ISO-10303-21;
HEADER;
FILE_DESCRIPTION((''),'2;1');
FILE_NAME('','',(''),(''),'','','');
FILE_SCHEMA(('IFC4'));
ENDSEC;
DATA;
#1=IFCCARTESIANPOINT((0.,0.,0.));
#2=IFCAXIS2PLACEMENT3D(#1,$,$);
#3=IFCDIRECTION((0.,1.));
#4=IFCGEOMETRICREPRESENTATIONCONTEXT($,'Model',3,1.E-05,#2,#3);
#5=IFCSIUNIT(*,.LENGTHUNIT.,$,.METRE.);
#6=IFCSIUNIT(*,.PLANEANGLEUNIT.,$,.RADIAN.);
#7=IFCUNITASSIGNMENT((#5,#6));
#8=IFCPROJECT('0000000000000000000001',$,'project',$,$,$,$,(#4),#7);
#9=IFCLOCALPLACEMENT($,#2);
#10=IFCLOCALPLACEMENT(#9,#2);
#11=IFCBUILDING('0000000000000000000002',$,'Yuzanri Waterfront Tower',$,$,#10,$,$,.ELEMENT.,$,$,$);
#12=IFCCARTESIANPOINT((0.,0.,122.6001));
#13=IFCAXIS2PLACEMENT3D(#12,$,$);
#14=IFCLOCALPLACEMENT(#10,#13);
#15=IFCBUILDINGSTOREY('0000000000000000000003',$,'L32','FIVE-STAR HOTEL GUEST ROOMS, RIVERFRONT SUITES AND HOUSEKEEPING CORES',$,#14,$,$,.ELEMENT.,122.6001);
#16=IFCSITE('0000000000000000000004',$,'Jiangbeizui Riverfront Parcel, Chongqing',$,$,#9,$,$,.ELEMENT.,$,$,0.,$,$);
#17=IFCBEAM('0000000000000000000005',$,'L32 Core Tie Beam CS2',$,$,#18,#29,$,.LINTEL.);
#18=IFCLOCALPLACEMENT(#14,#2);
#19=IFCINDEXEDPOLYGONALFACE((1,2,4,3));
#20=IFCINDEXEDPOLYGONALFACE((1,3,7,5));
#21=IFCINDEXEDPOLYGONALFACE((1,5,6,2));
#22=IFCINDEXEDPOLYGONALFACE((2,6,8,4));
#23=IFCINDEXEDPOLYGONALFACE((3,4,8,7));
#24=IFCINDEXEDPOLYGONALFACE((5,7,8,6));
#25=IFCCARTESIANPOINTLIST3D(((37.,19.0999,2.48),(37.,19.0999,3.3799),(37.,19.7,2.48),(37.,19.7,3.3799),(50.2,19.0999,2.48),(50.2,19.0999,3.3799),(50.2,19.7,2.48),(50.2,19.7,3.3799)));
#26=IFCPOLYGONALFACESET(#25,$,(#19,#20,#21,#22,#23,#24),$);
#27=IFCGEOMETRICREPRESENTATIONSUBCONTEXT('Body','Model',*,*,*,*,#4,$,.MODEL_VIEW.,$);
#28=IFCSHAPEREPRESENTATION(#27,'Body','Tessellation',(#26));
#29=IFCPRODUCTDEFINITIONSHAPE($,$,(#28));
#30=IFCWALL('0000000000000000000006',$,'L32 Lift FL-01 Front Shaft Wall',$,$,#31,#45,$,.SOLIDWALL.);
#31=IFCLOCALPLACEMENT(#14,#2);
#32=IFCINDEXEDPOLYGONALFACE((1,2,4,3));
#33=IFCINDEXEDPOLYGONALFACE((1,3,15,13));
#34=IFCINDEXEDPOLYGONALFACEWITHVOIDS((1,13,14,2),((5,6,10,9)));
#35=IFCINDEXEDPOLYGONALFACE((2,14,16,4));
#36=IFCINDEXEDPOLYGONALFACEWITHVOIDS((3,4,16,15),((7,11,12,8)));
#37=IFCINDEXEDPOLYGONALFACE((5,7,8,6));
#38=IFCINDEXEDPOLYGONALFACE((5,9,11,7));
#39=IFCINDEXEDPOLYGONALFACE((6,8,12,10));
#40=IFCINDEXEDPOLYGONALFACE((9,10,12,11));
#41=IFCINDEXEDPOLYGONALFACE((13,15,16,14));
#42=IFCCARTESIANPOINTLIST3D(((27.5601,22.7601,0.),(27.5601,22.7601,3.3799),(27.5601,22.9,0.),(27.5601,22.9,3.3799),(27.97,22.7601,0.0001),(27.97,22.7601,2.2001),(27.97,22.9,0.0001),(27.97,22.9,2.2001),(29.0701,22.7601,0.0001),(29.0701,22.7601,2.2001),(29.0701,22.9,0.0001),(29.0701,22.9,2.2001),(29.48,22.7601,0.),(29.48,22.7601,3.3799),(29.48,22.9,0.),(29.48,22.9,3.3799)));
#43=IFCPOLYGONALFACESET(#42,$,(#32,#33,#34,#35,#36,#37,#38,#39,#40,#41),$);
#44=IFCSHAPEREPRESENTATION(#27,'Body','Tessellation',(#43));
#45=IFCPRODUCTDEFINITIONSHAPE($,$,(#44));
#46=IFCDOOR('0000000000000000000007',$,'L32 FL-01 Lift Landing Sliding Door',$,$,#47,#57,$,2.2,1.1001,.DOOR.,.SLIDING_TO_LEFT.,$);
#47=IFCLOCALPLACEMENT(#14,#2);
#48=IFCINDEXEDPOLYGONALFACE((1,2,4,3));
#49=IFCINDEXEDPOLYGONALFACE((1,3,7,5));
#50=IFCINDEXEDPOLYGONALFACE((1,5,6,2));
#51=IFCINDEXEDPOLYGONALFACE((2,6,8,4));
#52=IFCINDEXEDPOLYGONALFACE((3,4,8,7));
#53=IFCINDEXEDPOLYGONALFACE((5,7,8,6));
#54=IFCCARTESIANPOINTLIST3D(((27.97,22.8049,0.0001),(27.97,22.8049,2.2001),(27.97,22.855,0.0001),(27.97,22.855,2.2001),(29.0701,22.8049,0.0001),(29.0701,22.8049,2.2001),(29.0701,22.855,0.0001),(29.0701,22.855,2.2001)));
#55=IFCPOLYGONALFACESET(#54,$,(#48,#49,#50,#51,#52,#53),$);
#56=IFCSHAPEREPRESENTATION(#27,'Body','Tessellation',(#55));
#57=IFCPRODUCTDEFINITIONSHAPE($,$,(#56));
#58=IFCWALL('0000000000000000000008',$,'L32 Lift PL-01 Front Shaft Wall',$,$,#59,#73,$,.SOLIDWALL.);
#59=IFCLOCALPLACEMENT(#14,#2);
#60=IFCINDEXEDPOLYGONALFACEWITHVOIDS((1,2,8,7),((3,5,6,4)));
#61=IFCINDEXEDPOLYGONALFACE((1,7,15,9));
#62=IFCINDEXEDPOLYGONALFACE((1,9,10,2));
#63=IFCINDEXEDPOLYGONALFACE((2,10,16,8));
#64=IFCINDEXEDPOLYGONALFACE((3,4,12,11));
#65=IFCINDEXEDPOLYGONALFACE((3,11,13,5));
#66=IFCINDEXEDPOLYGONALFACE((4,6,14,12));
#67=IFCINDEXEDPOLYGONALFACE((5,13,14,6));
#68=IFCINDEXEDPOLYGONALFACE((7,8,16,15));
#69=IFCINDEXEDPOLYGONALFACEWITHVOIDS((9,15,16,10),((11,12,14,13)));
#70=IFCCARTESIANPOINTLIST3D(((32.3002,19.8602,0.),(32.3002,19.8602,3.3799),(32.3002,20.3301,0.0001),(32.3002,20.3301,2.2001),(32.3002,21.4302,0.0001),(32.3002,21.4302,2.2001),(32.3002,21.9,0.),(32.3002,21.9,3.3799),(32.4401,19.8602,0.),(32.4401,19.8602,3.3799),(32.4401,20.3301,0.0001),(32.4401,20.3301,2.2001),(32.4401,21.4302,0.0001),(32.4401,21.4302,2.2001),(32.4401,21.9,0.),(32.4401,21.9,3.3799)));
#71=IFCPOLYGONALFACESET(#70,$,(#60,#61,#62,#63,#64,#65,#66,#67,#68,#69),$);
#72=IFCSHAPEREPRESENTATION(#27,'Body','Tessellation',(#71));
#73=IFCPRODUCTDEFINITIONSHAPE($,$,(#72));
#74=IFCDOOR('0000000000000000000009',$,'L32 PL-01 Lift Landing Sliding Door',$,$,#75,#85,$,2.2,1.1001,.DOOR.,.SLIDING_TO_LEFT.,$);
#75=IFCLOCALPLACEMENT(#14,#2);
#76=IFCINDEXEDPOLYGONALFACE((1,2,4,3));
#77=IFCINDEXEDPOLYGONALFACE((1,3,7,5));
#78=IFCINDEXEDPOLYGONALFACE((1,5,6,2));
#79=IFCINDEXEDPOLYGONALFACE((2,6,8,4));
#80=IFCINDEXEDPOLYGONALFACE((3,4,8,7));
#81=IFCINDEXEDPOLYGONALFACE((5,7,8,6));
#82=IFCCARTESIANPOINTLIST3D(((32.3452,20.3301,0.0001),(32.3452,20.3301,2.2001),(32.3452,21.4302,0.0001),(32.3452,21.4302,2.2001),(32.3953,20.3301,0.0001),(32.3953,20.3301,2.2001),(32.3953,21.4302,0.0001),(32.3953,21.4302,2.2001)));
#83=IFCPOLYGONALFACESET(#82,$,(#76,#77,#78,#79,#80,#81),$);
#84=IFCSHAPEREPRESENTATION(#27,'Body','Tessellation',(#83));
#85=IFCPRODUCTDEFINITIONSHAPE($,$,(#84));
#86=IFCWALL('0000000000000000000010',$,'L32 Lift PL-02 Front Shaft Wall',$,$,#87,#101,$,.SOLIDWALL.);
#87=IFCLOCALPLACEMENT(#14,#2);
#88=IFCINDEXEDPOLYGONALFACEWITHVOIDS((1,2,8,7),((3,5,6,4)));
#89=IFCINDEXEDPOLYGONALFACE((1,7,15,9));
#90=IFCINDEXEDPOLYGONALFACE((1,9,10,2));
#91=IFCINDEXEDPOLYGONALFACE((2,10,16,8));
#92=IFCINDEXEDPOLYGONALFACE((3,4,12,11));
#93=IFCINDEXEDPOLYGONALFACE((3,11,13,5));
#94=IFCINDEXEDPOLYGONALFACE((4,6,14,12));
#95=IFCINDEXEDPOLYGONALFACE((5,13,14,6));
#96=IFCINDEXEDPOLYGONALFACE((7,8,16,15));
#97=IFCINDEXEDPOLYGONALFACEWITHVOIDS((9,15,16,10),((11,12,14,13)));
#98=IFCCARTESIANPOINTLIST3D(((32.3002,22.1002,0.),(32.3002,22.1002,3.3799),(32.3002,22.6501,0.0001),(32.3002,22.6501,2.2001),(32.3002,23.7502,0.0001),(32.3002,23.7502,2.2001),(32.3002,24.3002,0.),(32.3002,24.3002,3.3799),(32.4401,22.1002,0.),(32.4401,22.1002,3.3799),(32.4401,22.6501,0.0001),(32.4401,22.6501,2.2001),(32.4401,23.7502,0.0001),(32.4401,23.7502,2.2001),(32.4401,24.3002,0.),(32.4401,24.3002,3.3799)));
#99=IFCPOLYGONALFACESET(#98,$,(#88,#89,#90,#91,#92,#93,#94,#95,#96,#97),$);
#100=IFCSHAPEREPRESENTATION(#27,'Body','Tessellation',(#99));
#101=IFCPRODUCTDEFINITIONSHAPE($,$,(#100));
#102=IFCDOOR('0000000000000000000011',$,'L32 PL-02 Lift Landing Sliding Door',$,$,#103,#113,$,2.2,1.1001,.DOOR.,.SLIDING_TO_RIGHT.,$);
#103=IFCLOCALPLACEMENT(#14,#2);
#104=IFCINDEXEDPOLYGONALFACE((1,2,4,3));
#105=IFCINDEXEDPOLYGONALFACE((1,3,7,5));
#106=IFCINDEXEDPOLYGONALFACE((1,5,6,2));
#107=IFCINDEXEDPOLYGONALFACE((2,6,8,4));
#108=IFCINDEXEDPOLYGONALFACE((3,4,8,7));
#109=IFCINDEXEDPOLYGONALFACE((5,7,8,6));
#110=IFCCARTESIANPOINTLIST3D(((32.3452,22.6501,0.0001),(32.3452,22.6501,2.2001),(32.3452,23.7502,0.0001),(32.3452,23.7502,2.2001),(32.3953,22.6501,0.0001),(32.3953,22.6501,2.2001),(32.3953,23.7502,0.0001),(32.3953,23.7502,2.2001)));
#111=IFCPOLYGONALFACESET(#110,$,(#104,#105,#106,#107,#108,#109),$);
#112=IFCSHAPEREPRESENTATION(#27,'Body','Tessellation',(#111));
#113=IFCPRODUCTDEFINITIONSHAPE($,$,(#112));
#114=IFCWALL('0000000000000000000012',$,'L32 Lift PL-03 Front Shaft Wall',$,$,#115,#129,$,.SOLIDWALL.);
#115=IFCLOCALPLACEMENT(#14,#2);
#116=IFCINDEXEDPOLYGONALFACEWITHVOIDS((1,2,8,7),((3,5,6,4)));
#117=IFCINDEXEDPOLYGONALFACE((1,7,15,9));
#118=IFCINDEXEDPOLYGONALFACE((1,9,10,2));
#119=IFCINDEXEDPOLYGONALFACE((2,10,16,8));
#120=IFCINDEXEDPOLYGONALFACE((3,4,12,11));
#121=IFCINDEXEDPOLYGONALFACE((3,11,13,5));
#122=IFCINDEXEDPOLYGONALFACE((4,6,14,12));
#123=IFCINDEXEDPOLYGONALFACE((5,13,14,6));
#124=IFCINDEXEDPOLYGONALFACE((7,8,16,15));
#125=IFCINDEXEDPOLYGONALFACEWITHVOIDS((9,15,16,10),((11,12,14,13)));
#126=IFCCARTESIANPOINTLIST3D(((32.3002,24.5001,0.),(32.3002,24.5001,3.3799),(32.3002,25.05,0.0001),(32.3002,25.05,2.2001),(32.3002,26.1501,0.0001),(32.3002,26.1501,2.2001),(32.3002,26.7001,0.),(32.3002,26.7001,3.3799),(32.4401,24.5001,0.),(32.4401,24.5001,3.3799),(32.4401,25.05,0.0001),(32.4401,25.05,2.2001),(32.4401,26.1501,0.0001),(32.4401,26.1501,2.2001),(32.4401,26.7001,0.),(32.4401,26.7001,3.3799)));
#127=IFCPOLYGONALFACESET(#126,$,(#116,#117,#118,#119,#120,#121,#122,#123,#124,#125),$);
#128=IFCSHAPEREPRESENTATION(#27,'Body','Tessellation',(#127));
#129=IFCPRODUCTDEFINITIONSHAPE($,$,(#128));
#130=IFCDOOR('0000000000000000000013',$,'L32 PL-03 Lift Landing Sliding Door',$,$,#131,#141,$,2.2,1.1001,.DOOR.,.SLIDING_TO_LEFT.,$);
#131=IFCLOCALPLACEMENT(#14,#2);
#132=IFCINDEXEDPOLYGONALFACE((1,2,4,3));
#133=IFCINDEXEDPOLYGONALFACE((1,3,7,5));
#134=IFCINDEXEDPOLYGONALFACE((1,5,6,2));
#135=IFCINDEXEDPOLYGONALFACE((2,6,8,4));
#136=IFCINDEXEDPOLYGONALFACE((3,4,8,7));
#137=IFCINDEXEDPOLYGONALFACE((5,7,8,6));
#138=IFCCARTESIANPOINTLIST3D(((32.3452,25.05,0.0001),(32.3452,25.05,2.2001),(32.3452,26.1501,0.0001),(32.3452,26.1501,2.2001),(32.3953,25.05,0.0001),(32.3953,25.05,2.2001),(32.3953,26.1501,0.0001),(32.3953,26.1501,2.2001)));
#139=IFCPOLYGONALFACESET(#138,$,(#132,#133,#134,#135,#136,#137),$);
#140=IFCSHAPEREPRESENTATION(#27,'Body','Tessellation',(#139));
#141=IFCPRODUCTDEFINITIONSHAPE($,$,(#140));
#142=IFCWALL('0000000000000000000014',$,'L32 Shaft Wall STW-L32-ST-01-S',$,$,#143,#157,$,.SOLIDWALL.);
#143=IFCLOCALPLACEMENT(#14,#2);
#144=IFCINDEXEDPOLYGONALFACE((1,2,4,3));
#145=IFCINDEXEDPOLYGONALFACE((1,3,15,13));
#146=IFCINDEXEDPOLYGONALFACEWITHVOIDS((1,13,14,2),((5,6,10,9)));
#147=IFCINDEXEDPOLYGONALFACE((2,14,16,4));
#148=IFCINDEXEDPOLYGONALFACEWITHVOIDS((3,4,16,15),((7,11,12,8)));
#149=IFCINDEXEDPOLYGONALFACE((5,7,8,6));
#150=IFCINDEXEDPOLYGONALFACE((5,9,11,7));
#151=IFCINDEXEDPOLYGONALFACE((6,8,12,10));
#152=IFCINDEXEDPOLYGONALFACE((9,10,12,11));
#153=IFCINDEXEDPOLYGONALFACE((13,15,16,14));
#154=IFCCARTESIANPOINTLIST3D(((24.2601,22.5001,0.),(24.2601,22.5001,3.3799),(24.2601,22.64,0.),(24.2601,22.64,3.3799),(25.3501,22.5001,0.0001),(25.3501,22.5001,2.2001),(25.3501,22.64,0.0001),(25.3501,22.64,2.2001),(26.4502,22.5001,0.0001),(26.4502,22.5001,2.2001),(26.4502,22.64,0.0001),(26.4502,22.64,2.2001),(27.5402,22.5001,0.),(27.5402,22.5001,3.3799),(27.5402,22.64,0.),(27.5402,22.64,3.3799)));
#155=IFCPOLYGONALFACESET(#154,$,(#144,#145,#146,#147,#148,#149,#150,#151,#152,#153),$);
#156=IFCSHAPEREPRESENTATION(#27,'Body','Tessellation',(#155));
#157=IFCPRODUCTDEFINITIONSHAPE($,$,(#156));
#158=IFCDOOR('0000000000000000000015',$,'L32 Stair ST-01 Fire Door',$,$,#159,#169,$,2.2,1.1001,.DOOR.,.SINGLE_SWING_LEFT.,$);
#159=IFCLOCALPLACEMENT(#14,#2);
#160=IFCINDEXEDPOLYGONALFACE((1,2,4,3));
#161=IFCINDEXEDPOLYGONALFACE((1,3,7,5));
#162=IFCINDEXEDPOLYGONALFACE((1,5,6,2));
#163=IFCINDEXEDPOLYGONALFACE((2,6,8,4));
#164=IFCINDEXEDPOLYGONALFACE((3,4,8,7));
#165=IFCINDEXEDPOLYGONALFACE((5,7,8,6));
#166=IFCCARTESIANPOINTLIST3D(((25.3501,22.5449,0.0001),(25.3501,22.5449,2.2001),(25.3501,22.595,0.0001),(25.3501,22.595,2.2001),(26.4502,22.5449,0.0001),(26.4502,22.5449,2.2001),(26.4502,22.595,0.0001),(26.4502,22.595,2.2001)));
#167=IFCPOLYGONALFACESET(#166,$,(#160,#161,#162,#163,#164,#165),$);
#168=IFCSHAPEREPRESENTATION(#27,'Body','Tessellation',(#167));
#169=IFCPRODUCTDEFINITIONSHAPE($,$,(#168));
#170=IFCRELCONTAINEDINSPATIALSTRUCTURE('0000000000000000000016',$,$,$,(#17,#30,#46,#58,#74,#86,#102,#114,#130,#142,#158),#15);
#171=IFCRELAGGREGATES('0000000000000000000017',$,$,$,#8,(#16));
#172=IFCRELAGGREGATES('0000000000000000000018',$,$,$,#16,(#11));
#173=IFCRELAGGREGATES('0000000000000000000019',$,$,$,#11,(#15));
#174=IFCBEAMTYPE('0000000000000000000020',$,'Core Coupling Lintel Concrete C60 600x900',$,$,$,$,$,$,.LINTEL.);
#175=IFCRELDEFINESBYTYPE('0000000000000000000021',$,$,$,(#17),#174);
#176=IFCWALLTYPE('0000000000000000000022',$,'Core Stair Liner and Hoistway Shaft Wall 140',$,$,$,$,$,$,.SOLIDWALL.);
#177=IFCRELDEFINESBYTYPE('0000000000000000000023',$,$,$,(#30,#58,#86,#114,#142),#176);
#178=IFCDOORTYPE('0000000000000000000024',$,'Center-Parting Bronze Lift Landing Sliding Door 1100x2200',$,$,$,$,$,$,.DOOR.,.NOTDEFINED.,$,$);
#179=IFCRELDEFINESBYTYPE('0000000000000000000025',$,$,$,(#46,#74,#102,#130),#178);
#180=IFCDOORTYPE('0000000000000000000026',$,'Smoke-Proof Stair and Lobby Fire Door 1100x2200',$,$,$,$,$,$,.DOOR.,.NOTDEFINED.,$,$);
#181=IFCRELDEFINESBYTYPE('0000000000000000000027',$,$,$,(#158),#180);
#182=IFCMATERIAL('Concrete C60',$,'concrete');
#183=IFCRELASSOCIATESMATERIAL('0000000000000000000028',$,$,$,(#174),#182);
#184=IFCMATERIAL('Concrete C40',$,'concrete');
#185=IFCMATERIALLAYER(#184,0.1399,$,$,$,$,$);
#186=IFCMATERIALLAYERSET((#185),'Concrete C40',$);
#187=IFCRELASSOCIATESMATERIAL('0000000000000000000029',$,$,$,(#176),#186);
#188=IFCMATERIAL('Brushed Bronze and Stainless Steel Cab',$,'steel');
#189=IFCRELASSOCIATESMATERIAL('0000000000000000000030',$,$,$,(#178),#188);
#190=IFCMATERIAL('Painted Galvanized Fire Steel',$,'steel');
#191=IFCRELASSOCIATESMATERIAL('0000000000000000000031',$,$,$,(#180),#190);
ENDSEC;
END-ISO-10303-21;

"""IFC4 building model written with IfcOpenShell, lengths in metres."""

from ifc_helpers import new_model, si_unit, direction, frame, frame_2d, origin, origin_2d, place, context, subcontext, project, spatial, rectangle, extrude, source, transform, mapped, material, layer, layer_set, material_profile, profile_set, type_object, element, fill, save


model = new_model("IFC4")

# Units and contexts
model_context = context("Model", 3, precision=1e-05, world=origin(), true_north=direction((0.0, 1.0)))
body_context = subcontext(model_context, "Body", "Model", "MODEL_VIEW")
ifc_project = project(units=[si_unit("LENGTHUNIT", "METRE"), si_unit("PLANEANGLEUNIT", "RADIAN")], contexts=[model_context])

# Site, building, storey
site_placement = place(None, origin())
site = spatial("IfcSite", under=ifc_project, at=site_placement, Name="Jiangbeizui Riverfront Parcel, Chongqing", CompositionType="ELEMENT", RefElevation=0.0)
building_placement = place(site_placement, origin())
building = spatial("IfcBuilding", under=site, at=building_placement, Name="Yuzanri Waterfront Tower", CompositionType="ELEMENT")
storey_placement = place(building_placement, frame((0.0, 0.0, 122.6001)))
storey = spatial("IfcBuildingStorey", under=building, at=storey_placement, Name="L32", Description="FIVE-STAR HOTEL GUEST ROOMS, RIVERFRONT SUITES AND HOUSEKEEPING CORES", CompositionType="ELEMENT", Elevation=122.6001)

# Beam
ifc_material_1 = material(Name="Concrete C60", Category="concrete")
ifc_material_profile = material_profile(ifc_material_1, rectangle(XDim=0.6001, YDim=0.8999, at=origin_2d()), Name="RC 600x900")
ifc_profile_set = profile_set([ifc_material_profile], Name="Concrete C60")
beam_type = type_object("IfcBeamType", Name="Core Coupling Lintel Concrete C60 600x900", PredefinedType="LINTEL", material=ifc_profile_set)
shared_shape_1 = source(origin(), body_context, "Body", "SweptSolid", [
    extrude(rectangle(XDim=0.6001, YDim=0.8999, at=origin_2d()), origin(), (0.0, 0.0, 1.0), 13.2),
])
beam_placement = place(storey_placement, frame((37.0, 19.3999, 2.9299), z_axis=(1.0, 0.0, 0.0), x_axis=(0.0, 1.0, 0.0)))
element("IfcBeam", 1, at=beam_placement, inside=storey, type_object=beam_type, Name="L32 Core Tie Beam CS2", PredefinedType="LINTEL", context=body_context, shape_type="MappedRepresentation", body=[
    mapped(shared_shape_1, transform((0.0, 0.0, 0.0), scale=1.0)),
])

# Walls, openings, doors
ifc_material_2 = material(Name="Concrete C40", Category="concrete")
ifc_layer_1 = layer(ifc_material_2, 0.1399)
ifc_layer_set_1 = layer_set([ifc_layer_1], Name="Concrete C40")
wall_type_1 = type_object("IfcWallType", Name="Core Stair Liner and Hoistway Shaft Wall 140", PredefinedType="SOLIDWALL", material=ifc_layer_set_1)
wall_1_placement = place(storey_placement, frame((27.5601, 22.8301, 0.0), z_axis=(0.0, 0.0, 1.0), x_axis=(1.0, 0.0, 0.0)))
wall_1 = element("IfcWall", 2, at=wall_1_placement, inside=storey, type_object=wall_type_1, Name="L32 Lift FL-01 Front Shaft Wall", PredefinedType="SOLIDWALL", context=body_context, shape_type="SweptSolid", body=[
    extrude(rectangle(XDim=1.9199, YDim=0.1399, at=frame_2d((0.96, 0.0))), origin(), (0.0, 0.0, 1.0), 3.3799),
])
opening_1_placement = place(wall_1_placement, frame((0.4099, 0.0, 0.0)))
opening_1 = element("IfcOpeningElement", 3, at=opening_1_placement, cuts=wall_1, PredefinedType="OPENING", context=body_context, shape_type="SweptSolid", body=[
    extrude(rectangle(XDim=1.1001, YDim=2.2, at=frame_2d((0.55, 1.1001))), frame((0.0, 0.085, 0.0), z_axis=(0.0, -1.0, 0.0), x_axis=(1.0, 0.0, 0.0)), (0.0, 0.0, 1.0), 0.1697),
])
ifc_material_3 = material(Name="Brushed Bronze and Stainless Steel Cab", Category="steel")
door_type_1 = type_object("IfcDoorType", Name="Center-Parting Bronze Lift Landing Sliding Door 1100x2200", OperationType="NOTDEFINED", PredefinedType="DOOR", material=ifc_material_3)
shared_shape_2 = source(origin(), body_context, "Body", "SweptSolid", [
    extrude(rectangle(XDim=1.1001, YDim=2.2, at=frame_2d((0.55, 1.1001))), frame((0.0, 0.0249, 0.0), z_axis=(0.0, -1.0, 0.0), x_axis=(1.0, 0.0, 0.0)), (0.0, 0.0, 1.0), 0.05),
])
door_1_placement = place(opening_1_placement, origin())
door_1 = element("IfcDoor", 4, at=door_1_placement, inside=storey, type_object=door_type_1, Name="L32 FL-01 Lift Landing Sliding Door", OperationType="SLIDING_TO_LEFT", OverallHeight=2.2, OverallWidth=1.1001, PredefinedType="DOOR", context=body_context, shape_type="MappedRepresentation", body=[
    mapped(shared_shape_2, transform((0.0, 0.0, 0.0), scale=1.0)),
])
fill(opening_1, door_1)
wall_2_placement = place(storey_placement, frame((32.3701, 19.8601, 0.0), z_axis=(0.0, 0.0, 1.0), x_axis=(0.0, 1.0, 0.0)))
wall_2 = element("IfcWall", 5, at=wall_2_placement, inside=storey, type_object=wall_type_1, Name="L32 Lift PL-01 Front Shaft Wall", PredefinedType="SOLIDWALL", context=body_context, shape_type="SweptSolid", body=[
    extrude(rectangle(XDim=2.0398, YDim=0.1399, at=frame_2d((1.02, 0.0))), origin(), (0.0, 0.0, 1.0), 3.3799),
])
opening_2_placement = place(wall_2_placement, frame((0.47, 0.0, 0.0)))
opening_2 = element("IfcOpeningElement", 6, at=opening_2_placement, cuts=wall_2, PredefinedType="OPENING", context=body_context, shape_type="SweptSolid", body=[
    extrude(rectangle(XDim=1.1001, YDim=2.2, at=frame_2d((0.55, 1.1001))), frame((0.0, 0.085, 0.0), z_axis=(0.0, -1.0, 0.0), x_axis=(1.0, 0.0, 0.0)), (0.0, 0.0, 1.0), 0.1697),
])
door_2_placement = place(opening_2_placement, origin())
door_2 = element("IfcDoor", 7, at=door_2_placement, inside=storey, type_object=door_type_1, Name="L32 PL-01 Lift Landing Sliding Door", OperationType="SLIDING_TO_LEFT", OverallHeight=2.2, OverallWidth=1.1001, PredefinedType="DOOR", context=body_context, shape_type="MappedRepresentation", body=[
    mapped(shared_shape_2, transform((0.0, 0.0, 0.0), scale=1.0)),
])
fill(opening_2, door_2)
wall_3_placement = place(storey_placement, frame((32.3701, 22.1001, 0.0), z_axis=(0.0, 0.0, 1.0), x_axis=(0.0, 1.0, 0.0)))
wall_3 = element("IfcWall", 8, at=wall_3_placement, inside=storey, type_object=wall_type_1, Name="L32 Lift PL-02 Front Shaft Wall", PredefinedType="SOLIDWALL", context=body_context, shape_type="SweptSolid", body=[
    extrude(rectangle(XDim=2.2, YDim=0.1399, at=frame_2d((1.1001, 0.0))), origin(), (0.0, 0.0, 1.0), 3.3799),
])
opening_3_placement = place(wall_3_placement, frame((0.55, 0.0, 0.0)))
opening_3 = element("IfcOpeningElement", 9, at=opening_3_placement, cuts=wall_3, PredefinedType="OPENING", context=body_context, shape_type="SweptSolid", body=[
    extrude(rectangle(XDim=1.1001, YDim=2.2, at=frame_2d((0.55, 1.1001))), frame((0.0, 0.085, 0.0), z_axis=(0.0, -1.0, 0.0), x_axis=(1.0, 0.0, 0.0)), (0.0, 0.0, 1.0), 0.1697),
])
door_3_placement = place(opening_3_placement, origin())
door_3 = element("IfcDoor", 10, at=door_3_placement, inside=storey, type_object=door_type_1, Name="L32 PL-02 Lift Landing Sliding Door", OperationType="SLIDING_TO_RIGHT", OverallHeight=2.2, OverallWidth=1.1001, PredefinedType="DOOR", context=body_context, shape_type="MappedRepresentation", body=[
    mapped(shared_shape_2, transform((0.0, 0.0, 0.0), scale=1.0)),
])
fill(opening_3, door_3)
wall_4_placement = place(storey_placement, frame((32.3701, 24.5, 0.0), z_axis=(0.0, 0.0, 1.0), x_axis=(0.0, 1.0, 0.0)))
wall_4 = element("IfcWall", 11, at=wall_4_placement, inside=storey, type_object=wall_type_1, Name="L32 Lift PL-03 Front Shaft Wall", PredefinedType="SOLIDWALL", context=body_context, shape_type="SweptSolid", body=[
    extrude(rectangle(XDim=2.2, YDim=0.1399, at=frame_2d((1.1001, 0.0))), origin(), (0.0, 0.0, 1.0), 3.3799),
])
opening_4_placement = place(wall_4_placement, frame((0.55, 0.0, 0.0)))
opening_4 = element("IfcOpeningElement", 12, at=opening_4_placement, cuts=wall_4, PredefinedType="OPENING", context=body_context, shape_type="SweptSolid", body=[
    extrude(rectangle(XDim=1.1001, YDim=2.2, at=frame_2d((0.55, 1.1001))), frame((0.0, 0.085, 0.0), z_axis=(0.0, -1.0, 0.0), x_axis=(1.0, 0.0, 0.0)), (0.0, 0.0, 1.0), 0.1697),
])
door_4_placement = place(opening_4_placement, origin())
door_4 = element("IfcDoor", 13, at=door_4_placement, inside=storey, type_object=door_type_1, Name="L32 PL-03 Lift Landing Sliding Door", OperationType="SLIDING_TO_LEFT", OverallHeight=2.2, OverallWidth=1.1001, PredefinedType="DOOR", context=body_context, shape_type="MappedRepresentation", body=[
    mapped(shared_shape_2, transform((0.0, 0.0, 0.0), scale=1.0)),
])
fill(opening_4, door_4)
wall_5_placement = place(storey_placement, frame((24.26, 22.5701, 0.0), z_axis=(0.0, 0.0, 1.0), x_axis=(1.0, 0.0, 0.0)))
wall_5 = element("IfcWall", 14, at=wall_5_placement, inside=storey, type_object=wall_type_1, Name="L32 Shaft Wall STW-L32-ST-01-S", PredefinedType="SOLIDWALL", context=body_context, shape_type="SweptSolid", body=[
    extrude(rectangle(XDim=3.28, YDim=0.1399, at=frame_2d((1.6401, 0.0))), origin(), (0.0, 0.0, 1.0), 3.3799),
])
opening_5_placement = place(wall_5_placement, frame((1.0901, 0.0, 0.0)))
opening_5 = element("IfcOpeningElement", 15, at=opening_5_placement, cuts=wall_5, PredefinedType="OPENING", context=body_context, shape_type="SweptSolid", body=[
    extrude(rectangle(XDim=1.1001, YDim=2.2, at=frame_2d((0.55, 1.1001))), frame((0.0, 0.085, 0.0), z_axis=(0.0, -1.0, 0.0), x_axis=(1.0, 0.0, 0.0)), (0.0, 0.0, 1.0), 0.1697),
])
ifc_material_4 = material(Name="Painted Galvanized Fire Steel", Category="steel")
door_type_2 = type_object("IfcDoorType", Name="Smoke-Proof Stair and Lobby Fire Door 1100x2200", OperationType="NOTDEFINED", PredefinedType="DOOR", material=ifc_material_4)
shared_shape_3 = source(origin(), body_context, "Body", "SweptSolid", [
    extrude(rectangle(XDim=1.1001, YDim=2.2, at=frame_2d((0.55, 1.1001))), frame((0.0, 0.0249, 0.0), z_axis=(0.0, -1.0, 0.0), x_axis=(1.0, 0.0, 0.0)), (0.0, 0.0, 1.0), 0.05),
])
door_5_placement = place(opening_5_placement, origin())
door_5 = element("IfcDoor", 16, at=door_5_placement, inside=storey, type_object=door_type_2, Name="L32 Stair ST-01 Fire Door", OperationType="SINGLE_SWING_LEFT", OverallHeight=2.2, OverallWidth=1.1001, PredefinedType="DOOR", context=body_context, shape_type="MappedRepresentation", body=[
    mapped(shared_shape_3, transform((0.0, 0.0, 0.0), scale=1.0)),
])
fill(opening_5, door_5)

save(model, "model.ifc")
